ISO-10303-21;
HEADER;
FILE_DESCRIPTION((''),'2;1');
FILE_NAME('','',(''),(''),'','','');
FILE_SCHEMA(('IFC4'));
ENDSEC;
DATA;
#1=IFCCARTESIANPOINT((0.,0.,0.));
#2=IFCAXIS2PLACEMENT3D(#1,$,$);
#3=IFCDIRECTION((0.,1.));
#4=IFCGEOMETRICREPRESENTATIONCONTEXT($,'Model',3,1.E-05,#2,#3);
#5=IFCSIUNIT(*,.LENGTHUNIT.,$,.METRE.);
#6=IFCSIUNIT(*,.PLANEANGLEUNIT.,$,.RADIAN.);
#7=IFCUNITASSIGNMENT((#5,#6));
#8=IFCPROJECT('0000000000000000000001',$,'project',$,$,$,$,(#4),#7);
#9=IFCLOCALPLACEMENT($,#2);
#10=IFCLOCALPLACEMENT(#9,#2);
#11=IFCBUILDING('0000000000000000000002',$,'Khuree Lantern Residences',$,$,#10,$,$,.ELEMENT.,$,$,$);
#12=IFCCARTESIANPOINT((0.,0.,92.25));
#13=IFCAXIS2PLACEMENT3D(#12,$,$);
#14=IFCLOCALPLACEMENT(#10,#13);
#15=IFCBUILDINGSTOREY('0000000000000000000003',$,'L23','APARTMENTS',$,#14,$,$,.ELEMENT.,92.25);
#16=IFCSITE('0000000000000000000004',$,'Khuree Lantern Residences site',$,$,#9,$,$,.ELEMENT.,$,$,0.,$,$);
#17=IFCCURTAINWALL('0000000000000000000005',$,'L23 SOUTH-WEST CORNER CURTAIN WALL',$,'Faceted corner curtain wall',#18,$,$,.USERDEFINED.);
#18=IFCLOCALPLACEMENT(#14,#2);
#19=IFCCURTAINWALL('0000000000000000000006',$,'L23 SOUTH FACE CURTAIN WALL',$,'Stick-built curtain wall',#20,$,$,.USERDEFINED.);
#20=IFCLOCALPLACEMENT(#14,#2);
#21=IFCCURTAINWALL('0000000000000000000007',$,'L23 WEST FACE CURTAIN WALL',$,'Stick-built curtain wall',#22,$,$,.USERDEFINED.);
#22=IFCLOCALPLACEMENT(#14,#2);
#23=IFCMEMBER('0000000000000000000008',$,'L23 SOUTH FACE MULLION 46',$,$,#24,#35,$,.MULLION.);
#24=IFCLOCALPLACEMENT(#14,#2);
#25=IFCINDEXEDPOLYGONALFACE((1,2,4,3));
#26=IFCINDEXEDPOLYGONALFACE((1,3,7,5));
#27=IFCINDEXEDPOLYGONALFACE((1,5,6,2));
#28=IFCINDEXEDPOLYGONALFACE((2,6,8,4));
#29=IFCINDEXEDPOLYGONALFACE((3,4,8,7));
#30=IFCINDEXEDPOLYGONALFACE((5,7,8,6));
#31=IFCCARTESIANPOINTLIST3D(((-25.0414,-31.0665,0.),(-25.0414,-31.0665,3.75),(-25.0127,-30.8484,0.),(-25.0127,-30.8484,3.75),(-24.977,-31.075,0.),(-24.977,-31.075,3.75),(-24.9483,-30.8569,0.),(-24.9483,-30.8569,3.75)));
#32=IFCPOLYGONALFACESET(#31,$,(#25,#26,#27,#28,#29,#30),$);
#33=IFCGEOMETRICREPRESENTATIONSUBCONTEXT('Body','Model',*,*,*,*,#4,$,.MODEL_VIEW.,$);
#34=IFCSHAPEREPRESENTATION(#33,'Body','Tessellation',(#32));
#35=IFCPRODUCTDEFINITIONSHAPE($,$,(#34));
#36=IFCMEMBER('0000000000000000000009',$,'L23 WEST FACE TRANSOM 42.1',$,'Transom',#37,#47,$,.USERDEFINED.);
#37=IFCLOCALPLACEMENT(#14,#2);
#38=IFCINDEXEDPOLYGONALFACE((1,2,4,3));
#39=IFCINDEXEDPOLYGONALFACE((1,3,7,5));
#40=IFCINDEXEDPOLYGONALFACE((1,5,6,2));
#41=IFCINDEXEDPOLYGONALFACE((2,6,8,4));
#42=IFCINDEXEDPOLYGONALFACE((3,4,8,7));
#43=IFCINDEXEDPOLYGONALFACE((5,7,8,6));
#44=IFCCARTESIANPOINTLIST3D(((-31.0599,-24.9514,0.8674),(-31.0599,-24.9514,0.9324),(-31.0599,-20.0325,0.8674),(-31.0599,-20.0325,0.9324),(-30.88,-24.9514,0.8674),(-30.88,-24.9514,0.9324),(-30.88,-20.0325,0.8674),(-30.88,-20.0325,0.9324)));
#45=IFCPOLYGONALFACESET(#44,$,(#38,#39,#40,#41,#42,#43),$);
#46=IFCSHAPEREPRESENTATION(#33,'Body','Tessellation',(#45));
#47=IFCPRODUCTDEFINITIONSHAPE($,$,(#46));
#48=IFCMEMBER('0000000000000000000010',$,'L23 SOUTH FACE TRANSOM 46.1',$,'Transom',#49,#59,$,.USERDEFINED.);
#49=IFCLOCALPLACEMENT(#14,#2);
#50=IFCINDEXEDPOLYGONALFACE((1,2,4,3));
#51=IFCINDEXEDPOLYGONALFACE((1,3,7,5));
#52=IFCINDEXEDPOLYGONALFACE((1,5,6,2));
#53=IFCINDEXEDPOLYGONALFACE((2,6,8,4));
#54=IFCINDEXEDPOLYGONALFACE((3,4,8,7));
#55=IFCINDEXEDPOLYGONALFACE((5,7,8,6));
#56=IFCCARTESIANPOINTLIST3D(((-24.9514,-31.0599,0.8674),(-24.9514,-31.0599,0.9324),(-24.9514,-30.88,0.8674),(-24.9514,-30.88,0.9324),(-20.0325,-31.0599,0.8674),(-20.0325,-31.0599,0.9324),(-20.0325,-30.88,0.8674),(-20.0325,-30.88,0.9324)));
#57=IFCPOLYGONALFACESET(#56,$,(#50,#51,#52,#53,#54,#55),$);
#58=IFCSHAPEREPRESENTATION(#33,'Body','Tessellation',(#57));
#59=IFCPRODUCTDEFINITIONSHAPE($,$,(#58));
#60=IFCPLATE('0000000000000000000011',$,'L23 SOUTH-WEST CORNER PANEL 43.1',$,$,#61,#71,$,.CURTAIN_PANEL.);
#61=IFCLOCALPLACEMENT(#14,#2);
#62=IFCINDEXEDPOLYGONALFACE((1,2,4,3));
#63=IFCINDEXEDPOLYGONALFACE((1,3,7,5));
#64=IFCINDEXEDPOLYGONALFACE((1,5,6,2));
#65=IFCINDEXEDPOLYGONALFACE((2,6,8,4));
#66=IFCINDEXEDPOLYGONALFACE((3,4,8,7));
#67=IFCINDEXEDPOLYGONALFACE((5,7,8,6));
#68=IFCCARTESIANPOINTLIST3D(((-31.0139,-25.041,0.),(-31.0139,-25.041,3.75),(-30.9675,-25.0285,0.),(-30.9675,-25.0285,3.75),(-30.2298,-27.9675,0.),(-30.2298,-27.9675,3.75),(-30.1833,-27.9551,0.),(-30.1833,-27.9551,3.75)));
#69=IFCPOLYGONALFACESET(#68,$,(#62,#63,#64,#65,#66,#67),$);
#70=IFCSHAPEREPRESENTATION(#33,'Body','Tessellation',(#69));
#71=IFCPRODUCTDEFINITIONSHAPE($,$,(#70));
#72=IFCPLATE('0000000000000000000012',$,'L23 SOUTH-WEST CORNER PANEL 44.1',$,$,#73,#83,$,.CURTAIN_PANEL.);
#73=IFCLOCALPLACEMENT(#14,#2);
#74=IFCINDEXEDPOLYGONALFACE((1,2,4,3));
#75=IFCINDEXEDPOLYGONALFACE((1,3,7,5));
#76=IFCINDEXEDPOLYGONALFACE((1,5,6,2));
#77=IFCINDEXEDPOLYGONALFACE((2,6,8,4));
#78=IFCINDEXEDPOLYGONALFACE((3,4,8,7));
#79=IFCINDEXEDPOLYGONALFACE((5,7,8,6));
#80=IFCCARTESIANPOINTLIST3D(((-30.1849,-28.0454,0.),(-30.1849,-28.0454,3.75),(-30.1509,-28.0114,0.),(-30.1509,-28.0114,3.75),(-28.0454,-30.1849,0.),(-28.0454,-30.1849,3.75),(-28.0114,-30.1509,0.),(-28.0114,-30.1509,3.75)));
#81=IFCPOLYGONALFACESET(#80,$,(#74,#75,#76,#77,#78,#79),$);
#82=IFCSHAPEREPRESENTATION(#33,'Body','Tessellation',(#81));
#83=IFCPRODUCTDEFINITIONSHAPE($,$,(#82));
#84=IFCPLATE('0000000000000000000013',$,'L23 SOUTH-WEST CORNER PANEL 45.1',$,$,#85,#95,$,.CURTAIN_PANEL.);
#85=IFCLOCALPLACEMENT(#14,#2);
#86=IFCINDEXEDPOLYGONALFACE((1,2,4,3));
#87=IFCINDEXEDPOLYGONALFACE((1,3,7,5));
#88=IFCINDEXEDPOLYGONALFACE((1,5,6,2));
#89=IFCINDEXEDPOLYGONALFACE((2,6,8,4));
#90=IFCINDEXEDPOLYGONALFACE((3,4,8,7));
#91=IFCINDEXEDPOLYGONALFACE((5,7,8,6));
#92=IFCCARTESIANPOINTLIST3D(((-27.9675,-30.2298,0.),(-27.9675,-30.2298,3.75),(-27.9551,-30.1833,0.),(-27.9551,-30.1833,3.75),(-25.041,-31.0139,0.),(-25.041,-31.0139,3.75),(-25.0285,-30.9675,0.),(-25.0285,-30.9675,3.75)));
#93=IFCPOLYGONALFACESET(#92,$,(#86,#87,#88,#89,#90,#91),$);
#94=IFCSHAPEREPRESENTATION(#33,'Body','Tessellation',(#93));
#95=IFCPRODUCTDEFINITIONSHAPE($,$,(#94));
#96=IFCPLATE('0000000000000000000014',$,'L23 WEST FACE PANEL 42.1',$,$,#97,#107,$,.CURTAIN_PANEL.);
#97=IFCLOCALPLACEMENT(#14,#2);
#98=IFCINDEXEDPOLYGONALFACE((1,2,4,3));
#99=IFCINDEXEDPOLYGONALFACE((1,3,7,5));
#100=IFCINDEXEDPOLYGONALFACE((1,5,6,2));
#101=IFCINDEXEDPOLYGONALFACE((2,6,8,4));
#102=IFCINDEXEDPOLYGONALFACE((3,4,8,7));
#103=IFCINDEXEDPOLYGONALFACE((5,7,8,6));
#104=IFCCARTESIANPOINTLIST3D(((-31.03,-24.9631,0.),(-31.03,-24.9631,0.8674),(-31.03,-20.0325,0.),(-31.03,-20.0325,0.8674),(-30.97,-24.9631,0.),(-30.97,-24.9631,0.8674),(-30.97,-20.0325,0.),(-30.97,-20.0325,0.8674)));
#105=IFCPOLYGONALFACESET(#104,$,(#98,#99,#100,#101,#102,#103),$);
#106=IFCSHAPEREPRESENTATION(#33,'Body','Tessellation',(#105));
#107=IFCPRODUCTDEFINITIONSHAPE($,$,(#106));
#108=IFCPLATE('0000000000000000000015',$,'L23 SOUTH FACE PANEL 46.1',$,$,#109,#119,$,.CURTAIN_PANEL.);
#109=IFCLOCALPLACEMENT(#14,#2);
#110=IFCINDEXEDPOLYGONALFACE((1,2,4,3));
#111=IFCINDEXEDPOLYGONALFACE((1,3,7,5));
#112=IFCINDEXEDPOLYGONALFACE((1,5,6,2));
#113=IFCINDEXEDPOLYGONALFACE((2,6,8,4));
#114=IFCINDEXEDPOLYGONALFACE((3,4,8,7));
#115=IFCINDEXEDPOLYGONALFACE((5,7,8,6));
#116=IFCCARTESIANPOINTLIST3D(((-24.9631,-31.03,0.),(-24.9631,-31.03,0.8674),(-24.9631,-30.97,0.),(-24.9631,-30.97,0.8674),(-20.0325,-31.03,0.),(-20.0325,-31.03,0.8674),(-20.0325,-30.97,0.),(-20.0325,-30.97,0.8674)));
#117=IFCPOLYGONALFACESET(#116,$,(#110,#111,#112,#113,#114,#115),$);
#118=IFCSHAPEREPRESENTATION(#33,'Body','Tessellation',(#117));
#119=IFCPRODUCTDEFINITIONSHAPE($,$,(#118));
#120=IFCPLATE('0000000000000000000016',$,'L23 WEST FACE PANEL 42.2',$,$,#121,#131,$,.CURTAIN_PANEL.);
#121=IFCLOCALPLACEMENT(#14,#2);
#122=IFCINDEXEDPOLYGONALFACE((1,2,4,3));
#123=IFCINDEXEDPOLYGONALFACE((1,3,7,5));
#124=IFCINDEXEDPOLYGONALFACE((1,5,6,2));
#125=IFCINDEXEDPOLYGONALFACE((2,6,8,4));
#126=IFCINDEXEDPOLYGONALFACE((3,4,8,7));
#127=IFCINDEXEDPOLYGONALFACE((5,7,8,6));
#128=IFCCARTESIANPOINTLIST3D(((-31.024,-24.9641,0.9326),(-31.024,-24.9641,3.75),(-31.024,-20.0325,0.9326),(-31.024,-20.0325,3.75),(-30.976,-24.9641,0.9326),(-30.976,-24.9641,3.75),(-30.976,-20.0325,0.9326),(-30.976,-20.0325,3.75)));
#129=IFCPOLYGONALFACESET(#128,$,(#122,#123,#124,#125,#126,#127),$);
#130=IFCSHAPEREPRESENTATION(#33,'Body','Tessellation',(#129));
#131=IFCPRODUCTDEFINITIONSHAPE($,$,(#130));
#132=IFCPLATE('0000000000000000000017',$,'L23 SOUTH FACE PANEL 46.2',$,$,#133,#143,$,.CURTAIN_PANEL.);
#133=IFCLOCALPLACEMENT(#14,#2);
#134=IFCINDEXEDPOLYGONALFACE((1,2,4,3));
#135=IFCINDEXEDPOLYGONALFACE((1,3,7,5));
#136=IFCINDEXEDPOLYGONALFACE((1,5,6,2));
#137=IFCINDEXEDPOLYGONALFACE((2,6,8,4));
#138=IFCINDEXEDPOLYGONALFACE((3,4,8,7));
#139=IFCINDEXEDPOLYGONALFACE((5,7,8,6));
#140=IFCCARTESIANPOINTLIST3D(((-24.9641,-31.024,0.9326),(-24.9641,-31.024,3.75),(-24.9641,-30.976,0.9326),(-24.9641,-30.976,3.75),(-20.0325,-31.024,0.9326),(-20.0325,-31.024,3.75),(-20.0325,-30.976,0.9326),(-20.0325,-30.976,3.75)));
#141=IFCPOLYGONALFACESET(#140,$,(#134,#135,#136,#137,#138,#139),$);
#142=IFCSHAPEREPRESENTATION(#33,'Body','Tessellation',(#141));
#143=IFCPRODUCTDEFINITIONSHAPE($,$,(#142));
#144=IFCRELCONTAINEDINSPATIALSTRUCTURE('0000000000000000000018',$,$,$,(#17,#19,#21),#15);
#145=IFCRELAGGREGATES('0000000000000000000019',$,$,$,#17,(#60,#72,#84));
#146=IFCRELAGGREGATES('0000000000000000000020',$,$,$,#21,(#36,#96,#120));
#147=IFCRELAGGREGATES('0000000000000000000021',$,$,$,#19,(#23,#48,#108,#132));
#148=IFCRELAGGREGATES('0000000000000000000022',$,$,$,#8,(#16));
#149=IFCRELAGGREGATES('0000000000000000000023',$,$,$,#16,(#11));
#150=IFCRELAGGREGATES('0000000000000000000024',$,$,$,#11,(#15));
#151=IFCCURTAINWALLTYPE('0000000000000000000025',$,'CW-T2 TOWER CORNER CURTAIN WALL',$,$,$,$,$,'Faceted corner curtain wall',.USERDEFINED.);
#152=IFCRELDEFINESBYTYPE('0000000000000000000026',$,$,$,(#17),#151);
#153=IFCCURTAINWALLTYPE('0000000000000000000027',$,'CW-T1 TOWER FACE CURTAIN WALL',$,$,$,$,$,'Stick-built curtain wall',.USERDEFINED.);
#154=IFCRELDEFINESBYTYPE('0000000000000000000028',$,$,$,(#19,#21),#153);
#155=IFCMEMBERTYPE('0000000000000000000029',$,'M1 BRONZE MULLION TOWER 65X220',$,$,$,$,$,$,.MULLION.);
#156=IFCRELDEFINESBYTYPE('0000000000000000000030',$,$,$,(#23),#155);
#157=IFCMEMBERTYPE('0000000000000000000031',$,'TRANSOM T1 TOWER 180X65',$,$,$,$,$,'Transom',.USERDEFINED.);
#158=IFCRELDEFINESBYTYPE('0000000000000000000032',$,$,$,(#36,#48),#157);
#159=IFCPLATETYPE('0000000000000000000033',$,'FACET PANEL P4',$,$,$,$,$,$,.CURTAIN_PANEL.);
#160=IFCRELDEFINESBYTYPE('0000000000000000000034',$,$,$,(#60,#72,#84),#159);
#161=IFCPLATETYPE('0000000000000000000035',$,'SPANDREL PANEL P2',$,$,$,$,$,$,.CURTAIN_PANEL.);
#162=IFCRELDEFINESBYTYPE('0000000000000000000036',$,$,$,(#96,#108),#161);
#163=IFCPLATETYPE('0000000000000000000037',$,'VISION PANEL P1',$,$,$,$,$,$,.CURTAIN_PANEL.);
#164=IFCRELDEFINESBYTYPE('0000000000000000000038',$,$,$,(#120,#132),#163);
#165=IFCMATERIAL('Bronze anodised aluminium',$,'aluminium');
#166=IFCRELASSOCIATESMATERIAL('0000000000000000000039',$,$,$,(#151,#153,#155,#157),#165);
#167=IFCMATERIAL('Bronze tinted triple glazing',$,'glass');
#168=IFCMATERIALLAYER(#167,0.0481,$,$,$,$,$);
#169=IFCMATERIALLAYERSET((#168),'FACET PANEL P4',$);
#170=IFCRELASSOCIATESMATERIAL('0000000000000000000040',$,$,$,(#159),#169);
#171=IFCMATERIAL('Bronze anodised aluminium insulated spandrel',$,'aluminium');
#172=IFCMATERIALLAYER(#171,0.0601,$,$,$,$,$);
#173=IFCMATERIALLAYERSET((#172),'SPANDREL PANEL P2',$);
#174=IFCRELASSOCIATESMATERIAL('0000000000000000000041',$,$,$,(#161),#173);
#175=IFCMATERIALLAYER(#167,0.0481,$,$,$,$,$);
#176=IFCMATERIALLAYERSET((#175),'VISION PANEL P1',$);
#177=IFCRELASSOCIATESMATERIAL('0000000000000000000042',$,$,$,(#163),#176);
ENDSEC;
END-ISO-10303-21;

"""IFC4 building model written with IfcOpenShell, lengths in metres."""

from ifc_helpers import new_model, si_unit, direction, frame, origin, origin_2d, place, context, subcontext, project, spatial, rectangle, extrude, material, layer, layer_set, material_profile, profile_set, type_object, element, aggregate, save


model = new_model("IFC4")

# Units and contexts
model_context = context("Model", 3, precision=1e-05, world=origin(), true_north=direction((0.0, 1.0)))
body_context = subcontext(model_context, "Body", "Model", "MODEL_VIEW")
ifc_project = project(units=[si_unit("LENGTHUNIT", "METRE"), si_unit("PLANEANGLEUNIT", "RADIAN")], contexts=[model_context])

# Site, building, storey
site_placement = place(None, origin())
site = spatial("IfcSite", under=ifc_project, at=site_placement, Name="Khuree Lantern Residences site", CompositionType="ELEMENT", RefElevation=0.0)
building_placement = place(site_placement, origin())
building = spatial("IfcBuilding", under=site, at=building_placement, Name="Khuree Lantern Residences", CompositionType="ELEMENT")
storey_placement = place(building_placement, frame((0.0, 0.0, 92.25)))
storey = spatial("IfcBuildingStorey", under=building, at=storey_placement, Name="L23", Description="APARTMENTS", CompositionType="ELEMENT", Elevation=92.25)

# Curtain walls
ifc_material_1 = material(Name="Bronze anodised aluminium", Category="aluminium")
curtain_wall_type_1 = type_object("IfcCurtainWallType", Name="CW-T2 TOWER CORNER CURTAIN WALL", ElementType="Faceted corner curtain wall", PredefinedType="USERDEFINED", material=ifc_material_1)
curtain_wall_1_placement = place(storey_placement, origin())
curtain_wall_1 = element("IfcCurtainWall", 1, at=curtain_wall_1_placement, inside=storey, type_object=curtain_wall_type_1, Name="L23 SOUTH-WEST CORNER CURTAIN WALL", ObjectType="Faceted corner curtain wall", PredefinedType="USERDEFINED")
curtain_wall_type_2 = type_object("IfcCurtainWallType", Name="CW-T1 TOWER FACE CURTAIN WALL", ElementType="Stick-built curtain wall", PredefinedType="USERDEFINED", material=ifc_material_1)
curtain_wall_2_placement = place(storey_placement, origin())
curtain_wall_2 = element("IfcCurtainWall", 2, at=curtain_wall_2_placement, inside=storey, type_object=curtain_wall_type_2, Name="L23 SOUTH FACE CURTAIN WALL", ObjectType="Stick-built curtain wall", PredefinedType="USERDEFINED")

# Curtain wall
curtain_wall_3_placement = place(storey_placement, origin())
curtain_wall_3 = element("IfcCurtainWall", 3, at=curtain_wall_3_placement, inside=storey, type_object=curtain_wall_type_2, Name="L23 WEST FACE CURTAIN WALL", ObjectType="Stick-built curtain wall", PredefinedType="USERDEFINED")
ifc_material_profile_1 = material_profile(ifc_material_1, rectangle(XDim=0.0649, YDim=0.22, at=origin_2d()), Name="M1 65X220")
ifc_profile_set_1 = profile_set([ifc_material_profile_1], Name="Bronze anodised aluminium")
member_type_1 = type_object("IfcMemberType", Name="M1 BRONZE MULLION TOWER 65X220", PredefinedType="MULLION", material=ifc_profile_set_1)

# Members
member_1_placement = place(storey_placement, frame((-24.9949, -30.9617, 0.0), z_axis=(0.0, 0.0, 1.0), x_axis=(0.991445, -0.130526, 0.0)))
member_1 = element("IfcMember", 4, at=member_1_placement, type_object=member_type_1, Name="L23 SOUTH FACE MULLION 46", PredefinedType="MULLION", context=body_context, shape_type="SweptSolid", body=[
    extrude(rectangle(XDim=0.0649, YDim=0.22, at=origin_2d()), origin(), (0.0, 0.0, 1.0), 3.75),
])
ifc_material_profile_2 = material_profile(ifc_material_1, rectangle(XDim=0.1799, YDim=0.0649, at=origin_2d()), Name="T1 180X65")
ifc_profile_set_2 = profile_set([ifc_material_profile_2], Name="Bronze anodised aluminium")
member_type_2 = type_object("IfcMemberType", Name="TRANSOM T1 TOWER 180X65", ElementType="Transom", PredefinedType="USERDEFINED", material=ifc_profile_set_2)
member_2_placement = place(storey_placement, frame((-30.97, -20.0325, 0.8999), z_axis=(0.0, -1.0, 0.0), x_axis=(1.0, 0.0, 0.0)))
member_2 = element("IfcMember", 5, at=member_2_placement, type_object=member_type_2, Name="L23 WEST FACE TRANSOM 42.1", ObjectType="Transom", PredefinedType="USERDEFINED", context=body_context, shape_type="SweptSolid", body=[
    extrude(rectangle(XDim=0.1799, YDim=0.0649, at=origin_2d()), origin(), (0.0, 0.0, 1.0), 4.9189),
])
member_3_placement = place(storey_placement, frame((-24.9514, -30.97, 0.8999), z_axis=(1.0, 0.0, 0.0), x_axis=(0.0, 1.0, 0.0)))
member_3 = element("IfcMember", 6, at=member_3_placement, type_object=member_type_2, Name="L23 SOUTH FACE TRANSOM 46.1", ObjectType="Transom", PredefinedType="USERDEFINED", context=body_context, shape_type="SweptSolid", body=[
    extrude(rectangle(XDim=0.1799, YDim=0.0649, at=origin_2d()), origin(), (0.0, 0.0, 1.0), 4.9189),
])

# Plates
ifc_material_2 = material(Name="Bronze tinted triple glazing", Category="glass")
ifc_layer_1 = layer(ifc_material_2, 0.0481)
ifc_layer_set_1 = layer_set([ifc_layer_1], Name="FACET PANEL P4")
plate_type_1 = type_object("IfcPlateType", Name="FACET PANEL P4", PredefinedType="CURTAIN_PANEL", material=ifc_layer_set_1)
plate_1_placement = place(storey_placement, frame((-30.5986, -26.498, 0.0), z_axis=(0.0, 0.0, 1.0), x_axis=(0.258819, -0.965926, 0.0)))
plate_1 = element("IfcPlate", 7, at=plate_1_placement, type_object=plate_type_1, Name="L23 SOUTH-WEST CORNER PANEL 43.1", PredefinedType="CURTAIN_PANEL", context=body_context, shape_type="SweptSolid", body=[
    extrude(rectangle(XDim=3.0298, YDim=0.0481, at=origin_2d()), origin(), (0.0, 0.0, 1.0), 3.75),
])
plate_2_placement = place(storey_placement, frame((-29.0981, -29.0981, 0.0), z_axis=(0.0, 0.0, 1.0), x_axis=(0.707107, -0.707107, 0.0)))
plate_2 = element("IfcPlate", 8, at=plate_2_placement, type_object=plate_type_1, Name="L23 SOUTH-WEST CORNER PANEL 44.1", PredefinedType="CURTAIN_PANEL", context=body_context, shape_type="SweptSolid", body=[
    extrude(rectangle(XDim=3.0256, YDim=0.0481, at=origin_2d()), origin(), (0.0, 0.0, 1.0), 3.75),
])
plate_3_placement = place(storey_placement, frame((-26.498, -30.5986, 0.0), z_axis=(0.0, 0.0, 1.0), x_axis=(0.965926, -0.258819, 0.0)))
plate_3 = element("IfcPlate", 9, at=plate_3_placement, type_object=plate_type_1, Name="L23 SOUTH-WEST CORNER PANEL 45.1", PredefinedType="CURTAIN_PANEL", context=body_context, shape_type="SweptSolid", body=[
    extrude(rectangle(XDim=3.0298, YDim=0.0481, at=origin_2d()), origin(), (0.0, 0.0, 1.0), 3.75),
])
aggregate(curtain_wall_1, [plate_1, plate_2, plate_3])
ifc_material_3 = material(Name="Bronze anodised aluminium insulated spandrel", Category="aluminium")
ifc_layer_2 = layer(ifc_material_3, 0.0601)
ifc_layer_set_2 = layer_set([ifc_layer_2], Name="SPANDREL PANEL P2")
plate_type_2 = type_object("IfcPlateType", Name="SPANDREL PANEL P2", PredefinedType="CURTAIN_PANEL", material=ifc_layer_set_2)
plate_4_placement = place(storey_placement, frame((-31.0, -22.4978, 0.0), z_axis=(0.0, 0.0, 1.0), x_axis=(0.0, -1.0, 0.0)))
plate_4 = element("IfcPlate", 10, at=plate_4_placement, type_object=plate_type_2, Name="L23 WEST FACE PANEL 42.1", PredefinedType="CURTAIN_PANEL", context=body_context, shape_type="SweptSolid", body=[
    extrude(rectangle(XDim=4.9307, YDim=0.0601, at=origin_2d()), origin(), (0.0, 0.0, 1.0), 0.8674),
])
plate_5_placement = place(storey_placement, frame((-22.4978, -31.0, 0.0), z_axis=(0.0, 0.0, 1.0), x_axis=(1.0, 0.0, 0.0)))
plate_5 = element("IfcPlate", 11, at=plate_5_placement, type_object=plate_type_2, Name="L23 SOUTH FACE PANEL 46.1", PredefinedType="CURTAIN_PANEL", context=body_context, shape_type="SweptSolid", body=[
    extrude(rectangle(XDim=4.9307, YDim=0.0601, at=origin_2d()), origin(), (0.0, 0.0, 1.0), 0.8674),
])
ifc_layer_3 = layer(ifc_material_2, 0.0481)
ifc_layer_set_3 = layer_set([ifc_layer_3], Name="VISION PANEL P1")
plate_type_3 = type_object("IfcPlateType", Name="VISION PANEL P1", PredefinedType="CURTAIN_PANEL", material=ifc_layer_set_3)
plate_6_placement = place(storey_placement, frame((-31.0, -22.4983, 0.9326), z_axis=(0.0, 0.0, 1.0), x_axis=(0.0, -1.0, 0.0)))
plate_6 = element("IfcPlate", 12, at=plate_6_placement, type_object=plate_type_3, Name="L23 WEST FACE PANEL 42.2", PredefinedType="CURTAIN_PANEL", context=body_context, shape_type="SweptSolid", body=[
    extrude(rectangle(XDim=4.9316, YDim=0.0481, at=origin_2d()), origin(), (0.0, 0.0, 1.0), 2.8174),
])
aggregate(curtain_wall_3, [member_2, plate_4, plate_6])
plate_7_placement = place(storey_placement, frame((-22.4983, -31.0, 0.9326), z_axis=(0.0, 0.0, 1.0), x_axis=(1.0, 0.0, 0.0)))
plate_7 = element("IfcPlate", 13, at=plate_7_placement, type_object=plate_type_3, Name="L23 SOUTH FACE PANEL 46.2", PredefinedType="CURTAIN_PANEL", context=body_context, shape_type="SweptSolid", body=[
    extrude(rectangle(XDim=4.9316, YDim=0.0481, at=origin_2d()), origin(), (0.0, 0.0, 1.0), 2.8174),
])
aggregate(curtain_wall_2, [member_1, member_3, plate_5, plate_7])

save(model, "model.ifc")
